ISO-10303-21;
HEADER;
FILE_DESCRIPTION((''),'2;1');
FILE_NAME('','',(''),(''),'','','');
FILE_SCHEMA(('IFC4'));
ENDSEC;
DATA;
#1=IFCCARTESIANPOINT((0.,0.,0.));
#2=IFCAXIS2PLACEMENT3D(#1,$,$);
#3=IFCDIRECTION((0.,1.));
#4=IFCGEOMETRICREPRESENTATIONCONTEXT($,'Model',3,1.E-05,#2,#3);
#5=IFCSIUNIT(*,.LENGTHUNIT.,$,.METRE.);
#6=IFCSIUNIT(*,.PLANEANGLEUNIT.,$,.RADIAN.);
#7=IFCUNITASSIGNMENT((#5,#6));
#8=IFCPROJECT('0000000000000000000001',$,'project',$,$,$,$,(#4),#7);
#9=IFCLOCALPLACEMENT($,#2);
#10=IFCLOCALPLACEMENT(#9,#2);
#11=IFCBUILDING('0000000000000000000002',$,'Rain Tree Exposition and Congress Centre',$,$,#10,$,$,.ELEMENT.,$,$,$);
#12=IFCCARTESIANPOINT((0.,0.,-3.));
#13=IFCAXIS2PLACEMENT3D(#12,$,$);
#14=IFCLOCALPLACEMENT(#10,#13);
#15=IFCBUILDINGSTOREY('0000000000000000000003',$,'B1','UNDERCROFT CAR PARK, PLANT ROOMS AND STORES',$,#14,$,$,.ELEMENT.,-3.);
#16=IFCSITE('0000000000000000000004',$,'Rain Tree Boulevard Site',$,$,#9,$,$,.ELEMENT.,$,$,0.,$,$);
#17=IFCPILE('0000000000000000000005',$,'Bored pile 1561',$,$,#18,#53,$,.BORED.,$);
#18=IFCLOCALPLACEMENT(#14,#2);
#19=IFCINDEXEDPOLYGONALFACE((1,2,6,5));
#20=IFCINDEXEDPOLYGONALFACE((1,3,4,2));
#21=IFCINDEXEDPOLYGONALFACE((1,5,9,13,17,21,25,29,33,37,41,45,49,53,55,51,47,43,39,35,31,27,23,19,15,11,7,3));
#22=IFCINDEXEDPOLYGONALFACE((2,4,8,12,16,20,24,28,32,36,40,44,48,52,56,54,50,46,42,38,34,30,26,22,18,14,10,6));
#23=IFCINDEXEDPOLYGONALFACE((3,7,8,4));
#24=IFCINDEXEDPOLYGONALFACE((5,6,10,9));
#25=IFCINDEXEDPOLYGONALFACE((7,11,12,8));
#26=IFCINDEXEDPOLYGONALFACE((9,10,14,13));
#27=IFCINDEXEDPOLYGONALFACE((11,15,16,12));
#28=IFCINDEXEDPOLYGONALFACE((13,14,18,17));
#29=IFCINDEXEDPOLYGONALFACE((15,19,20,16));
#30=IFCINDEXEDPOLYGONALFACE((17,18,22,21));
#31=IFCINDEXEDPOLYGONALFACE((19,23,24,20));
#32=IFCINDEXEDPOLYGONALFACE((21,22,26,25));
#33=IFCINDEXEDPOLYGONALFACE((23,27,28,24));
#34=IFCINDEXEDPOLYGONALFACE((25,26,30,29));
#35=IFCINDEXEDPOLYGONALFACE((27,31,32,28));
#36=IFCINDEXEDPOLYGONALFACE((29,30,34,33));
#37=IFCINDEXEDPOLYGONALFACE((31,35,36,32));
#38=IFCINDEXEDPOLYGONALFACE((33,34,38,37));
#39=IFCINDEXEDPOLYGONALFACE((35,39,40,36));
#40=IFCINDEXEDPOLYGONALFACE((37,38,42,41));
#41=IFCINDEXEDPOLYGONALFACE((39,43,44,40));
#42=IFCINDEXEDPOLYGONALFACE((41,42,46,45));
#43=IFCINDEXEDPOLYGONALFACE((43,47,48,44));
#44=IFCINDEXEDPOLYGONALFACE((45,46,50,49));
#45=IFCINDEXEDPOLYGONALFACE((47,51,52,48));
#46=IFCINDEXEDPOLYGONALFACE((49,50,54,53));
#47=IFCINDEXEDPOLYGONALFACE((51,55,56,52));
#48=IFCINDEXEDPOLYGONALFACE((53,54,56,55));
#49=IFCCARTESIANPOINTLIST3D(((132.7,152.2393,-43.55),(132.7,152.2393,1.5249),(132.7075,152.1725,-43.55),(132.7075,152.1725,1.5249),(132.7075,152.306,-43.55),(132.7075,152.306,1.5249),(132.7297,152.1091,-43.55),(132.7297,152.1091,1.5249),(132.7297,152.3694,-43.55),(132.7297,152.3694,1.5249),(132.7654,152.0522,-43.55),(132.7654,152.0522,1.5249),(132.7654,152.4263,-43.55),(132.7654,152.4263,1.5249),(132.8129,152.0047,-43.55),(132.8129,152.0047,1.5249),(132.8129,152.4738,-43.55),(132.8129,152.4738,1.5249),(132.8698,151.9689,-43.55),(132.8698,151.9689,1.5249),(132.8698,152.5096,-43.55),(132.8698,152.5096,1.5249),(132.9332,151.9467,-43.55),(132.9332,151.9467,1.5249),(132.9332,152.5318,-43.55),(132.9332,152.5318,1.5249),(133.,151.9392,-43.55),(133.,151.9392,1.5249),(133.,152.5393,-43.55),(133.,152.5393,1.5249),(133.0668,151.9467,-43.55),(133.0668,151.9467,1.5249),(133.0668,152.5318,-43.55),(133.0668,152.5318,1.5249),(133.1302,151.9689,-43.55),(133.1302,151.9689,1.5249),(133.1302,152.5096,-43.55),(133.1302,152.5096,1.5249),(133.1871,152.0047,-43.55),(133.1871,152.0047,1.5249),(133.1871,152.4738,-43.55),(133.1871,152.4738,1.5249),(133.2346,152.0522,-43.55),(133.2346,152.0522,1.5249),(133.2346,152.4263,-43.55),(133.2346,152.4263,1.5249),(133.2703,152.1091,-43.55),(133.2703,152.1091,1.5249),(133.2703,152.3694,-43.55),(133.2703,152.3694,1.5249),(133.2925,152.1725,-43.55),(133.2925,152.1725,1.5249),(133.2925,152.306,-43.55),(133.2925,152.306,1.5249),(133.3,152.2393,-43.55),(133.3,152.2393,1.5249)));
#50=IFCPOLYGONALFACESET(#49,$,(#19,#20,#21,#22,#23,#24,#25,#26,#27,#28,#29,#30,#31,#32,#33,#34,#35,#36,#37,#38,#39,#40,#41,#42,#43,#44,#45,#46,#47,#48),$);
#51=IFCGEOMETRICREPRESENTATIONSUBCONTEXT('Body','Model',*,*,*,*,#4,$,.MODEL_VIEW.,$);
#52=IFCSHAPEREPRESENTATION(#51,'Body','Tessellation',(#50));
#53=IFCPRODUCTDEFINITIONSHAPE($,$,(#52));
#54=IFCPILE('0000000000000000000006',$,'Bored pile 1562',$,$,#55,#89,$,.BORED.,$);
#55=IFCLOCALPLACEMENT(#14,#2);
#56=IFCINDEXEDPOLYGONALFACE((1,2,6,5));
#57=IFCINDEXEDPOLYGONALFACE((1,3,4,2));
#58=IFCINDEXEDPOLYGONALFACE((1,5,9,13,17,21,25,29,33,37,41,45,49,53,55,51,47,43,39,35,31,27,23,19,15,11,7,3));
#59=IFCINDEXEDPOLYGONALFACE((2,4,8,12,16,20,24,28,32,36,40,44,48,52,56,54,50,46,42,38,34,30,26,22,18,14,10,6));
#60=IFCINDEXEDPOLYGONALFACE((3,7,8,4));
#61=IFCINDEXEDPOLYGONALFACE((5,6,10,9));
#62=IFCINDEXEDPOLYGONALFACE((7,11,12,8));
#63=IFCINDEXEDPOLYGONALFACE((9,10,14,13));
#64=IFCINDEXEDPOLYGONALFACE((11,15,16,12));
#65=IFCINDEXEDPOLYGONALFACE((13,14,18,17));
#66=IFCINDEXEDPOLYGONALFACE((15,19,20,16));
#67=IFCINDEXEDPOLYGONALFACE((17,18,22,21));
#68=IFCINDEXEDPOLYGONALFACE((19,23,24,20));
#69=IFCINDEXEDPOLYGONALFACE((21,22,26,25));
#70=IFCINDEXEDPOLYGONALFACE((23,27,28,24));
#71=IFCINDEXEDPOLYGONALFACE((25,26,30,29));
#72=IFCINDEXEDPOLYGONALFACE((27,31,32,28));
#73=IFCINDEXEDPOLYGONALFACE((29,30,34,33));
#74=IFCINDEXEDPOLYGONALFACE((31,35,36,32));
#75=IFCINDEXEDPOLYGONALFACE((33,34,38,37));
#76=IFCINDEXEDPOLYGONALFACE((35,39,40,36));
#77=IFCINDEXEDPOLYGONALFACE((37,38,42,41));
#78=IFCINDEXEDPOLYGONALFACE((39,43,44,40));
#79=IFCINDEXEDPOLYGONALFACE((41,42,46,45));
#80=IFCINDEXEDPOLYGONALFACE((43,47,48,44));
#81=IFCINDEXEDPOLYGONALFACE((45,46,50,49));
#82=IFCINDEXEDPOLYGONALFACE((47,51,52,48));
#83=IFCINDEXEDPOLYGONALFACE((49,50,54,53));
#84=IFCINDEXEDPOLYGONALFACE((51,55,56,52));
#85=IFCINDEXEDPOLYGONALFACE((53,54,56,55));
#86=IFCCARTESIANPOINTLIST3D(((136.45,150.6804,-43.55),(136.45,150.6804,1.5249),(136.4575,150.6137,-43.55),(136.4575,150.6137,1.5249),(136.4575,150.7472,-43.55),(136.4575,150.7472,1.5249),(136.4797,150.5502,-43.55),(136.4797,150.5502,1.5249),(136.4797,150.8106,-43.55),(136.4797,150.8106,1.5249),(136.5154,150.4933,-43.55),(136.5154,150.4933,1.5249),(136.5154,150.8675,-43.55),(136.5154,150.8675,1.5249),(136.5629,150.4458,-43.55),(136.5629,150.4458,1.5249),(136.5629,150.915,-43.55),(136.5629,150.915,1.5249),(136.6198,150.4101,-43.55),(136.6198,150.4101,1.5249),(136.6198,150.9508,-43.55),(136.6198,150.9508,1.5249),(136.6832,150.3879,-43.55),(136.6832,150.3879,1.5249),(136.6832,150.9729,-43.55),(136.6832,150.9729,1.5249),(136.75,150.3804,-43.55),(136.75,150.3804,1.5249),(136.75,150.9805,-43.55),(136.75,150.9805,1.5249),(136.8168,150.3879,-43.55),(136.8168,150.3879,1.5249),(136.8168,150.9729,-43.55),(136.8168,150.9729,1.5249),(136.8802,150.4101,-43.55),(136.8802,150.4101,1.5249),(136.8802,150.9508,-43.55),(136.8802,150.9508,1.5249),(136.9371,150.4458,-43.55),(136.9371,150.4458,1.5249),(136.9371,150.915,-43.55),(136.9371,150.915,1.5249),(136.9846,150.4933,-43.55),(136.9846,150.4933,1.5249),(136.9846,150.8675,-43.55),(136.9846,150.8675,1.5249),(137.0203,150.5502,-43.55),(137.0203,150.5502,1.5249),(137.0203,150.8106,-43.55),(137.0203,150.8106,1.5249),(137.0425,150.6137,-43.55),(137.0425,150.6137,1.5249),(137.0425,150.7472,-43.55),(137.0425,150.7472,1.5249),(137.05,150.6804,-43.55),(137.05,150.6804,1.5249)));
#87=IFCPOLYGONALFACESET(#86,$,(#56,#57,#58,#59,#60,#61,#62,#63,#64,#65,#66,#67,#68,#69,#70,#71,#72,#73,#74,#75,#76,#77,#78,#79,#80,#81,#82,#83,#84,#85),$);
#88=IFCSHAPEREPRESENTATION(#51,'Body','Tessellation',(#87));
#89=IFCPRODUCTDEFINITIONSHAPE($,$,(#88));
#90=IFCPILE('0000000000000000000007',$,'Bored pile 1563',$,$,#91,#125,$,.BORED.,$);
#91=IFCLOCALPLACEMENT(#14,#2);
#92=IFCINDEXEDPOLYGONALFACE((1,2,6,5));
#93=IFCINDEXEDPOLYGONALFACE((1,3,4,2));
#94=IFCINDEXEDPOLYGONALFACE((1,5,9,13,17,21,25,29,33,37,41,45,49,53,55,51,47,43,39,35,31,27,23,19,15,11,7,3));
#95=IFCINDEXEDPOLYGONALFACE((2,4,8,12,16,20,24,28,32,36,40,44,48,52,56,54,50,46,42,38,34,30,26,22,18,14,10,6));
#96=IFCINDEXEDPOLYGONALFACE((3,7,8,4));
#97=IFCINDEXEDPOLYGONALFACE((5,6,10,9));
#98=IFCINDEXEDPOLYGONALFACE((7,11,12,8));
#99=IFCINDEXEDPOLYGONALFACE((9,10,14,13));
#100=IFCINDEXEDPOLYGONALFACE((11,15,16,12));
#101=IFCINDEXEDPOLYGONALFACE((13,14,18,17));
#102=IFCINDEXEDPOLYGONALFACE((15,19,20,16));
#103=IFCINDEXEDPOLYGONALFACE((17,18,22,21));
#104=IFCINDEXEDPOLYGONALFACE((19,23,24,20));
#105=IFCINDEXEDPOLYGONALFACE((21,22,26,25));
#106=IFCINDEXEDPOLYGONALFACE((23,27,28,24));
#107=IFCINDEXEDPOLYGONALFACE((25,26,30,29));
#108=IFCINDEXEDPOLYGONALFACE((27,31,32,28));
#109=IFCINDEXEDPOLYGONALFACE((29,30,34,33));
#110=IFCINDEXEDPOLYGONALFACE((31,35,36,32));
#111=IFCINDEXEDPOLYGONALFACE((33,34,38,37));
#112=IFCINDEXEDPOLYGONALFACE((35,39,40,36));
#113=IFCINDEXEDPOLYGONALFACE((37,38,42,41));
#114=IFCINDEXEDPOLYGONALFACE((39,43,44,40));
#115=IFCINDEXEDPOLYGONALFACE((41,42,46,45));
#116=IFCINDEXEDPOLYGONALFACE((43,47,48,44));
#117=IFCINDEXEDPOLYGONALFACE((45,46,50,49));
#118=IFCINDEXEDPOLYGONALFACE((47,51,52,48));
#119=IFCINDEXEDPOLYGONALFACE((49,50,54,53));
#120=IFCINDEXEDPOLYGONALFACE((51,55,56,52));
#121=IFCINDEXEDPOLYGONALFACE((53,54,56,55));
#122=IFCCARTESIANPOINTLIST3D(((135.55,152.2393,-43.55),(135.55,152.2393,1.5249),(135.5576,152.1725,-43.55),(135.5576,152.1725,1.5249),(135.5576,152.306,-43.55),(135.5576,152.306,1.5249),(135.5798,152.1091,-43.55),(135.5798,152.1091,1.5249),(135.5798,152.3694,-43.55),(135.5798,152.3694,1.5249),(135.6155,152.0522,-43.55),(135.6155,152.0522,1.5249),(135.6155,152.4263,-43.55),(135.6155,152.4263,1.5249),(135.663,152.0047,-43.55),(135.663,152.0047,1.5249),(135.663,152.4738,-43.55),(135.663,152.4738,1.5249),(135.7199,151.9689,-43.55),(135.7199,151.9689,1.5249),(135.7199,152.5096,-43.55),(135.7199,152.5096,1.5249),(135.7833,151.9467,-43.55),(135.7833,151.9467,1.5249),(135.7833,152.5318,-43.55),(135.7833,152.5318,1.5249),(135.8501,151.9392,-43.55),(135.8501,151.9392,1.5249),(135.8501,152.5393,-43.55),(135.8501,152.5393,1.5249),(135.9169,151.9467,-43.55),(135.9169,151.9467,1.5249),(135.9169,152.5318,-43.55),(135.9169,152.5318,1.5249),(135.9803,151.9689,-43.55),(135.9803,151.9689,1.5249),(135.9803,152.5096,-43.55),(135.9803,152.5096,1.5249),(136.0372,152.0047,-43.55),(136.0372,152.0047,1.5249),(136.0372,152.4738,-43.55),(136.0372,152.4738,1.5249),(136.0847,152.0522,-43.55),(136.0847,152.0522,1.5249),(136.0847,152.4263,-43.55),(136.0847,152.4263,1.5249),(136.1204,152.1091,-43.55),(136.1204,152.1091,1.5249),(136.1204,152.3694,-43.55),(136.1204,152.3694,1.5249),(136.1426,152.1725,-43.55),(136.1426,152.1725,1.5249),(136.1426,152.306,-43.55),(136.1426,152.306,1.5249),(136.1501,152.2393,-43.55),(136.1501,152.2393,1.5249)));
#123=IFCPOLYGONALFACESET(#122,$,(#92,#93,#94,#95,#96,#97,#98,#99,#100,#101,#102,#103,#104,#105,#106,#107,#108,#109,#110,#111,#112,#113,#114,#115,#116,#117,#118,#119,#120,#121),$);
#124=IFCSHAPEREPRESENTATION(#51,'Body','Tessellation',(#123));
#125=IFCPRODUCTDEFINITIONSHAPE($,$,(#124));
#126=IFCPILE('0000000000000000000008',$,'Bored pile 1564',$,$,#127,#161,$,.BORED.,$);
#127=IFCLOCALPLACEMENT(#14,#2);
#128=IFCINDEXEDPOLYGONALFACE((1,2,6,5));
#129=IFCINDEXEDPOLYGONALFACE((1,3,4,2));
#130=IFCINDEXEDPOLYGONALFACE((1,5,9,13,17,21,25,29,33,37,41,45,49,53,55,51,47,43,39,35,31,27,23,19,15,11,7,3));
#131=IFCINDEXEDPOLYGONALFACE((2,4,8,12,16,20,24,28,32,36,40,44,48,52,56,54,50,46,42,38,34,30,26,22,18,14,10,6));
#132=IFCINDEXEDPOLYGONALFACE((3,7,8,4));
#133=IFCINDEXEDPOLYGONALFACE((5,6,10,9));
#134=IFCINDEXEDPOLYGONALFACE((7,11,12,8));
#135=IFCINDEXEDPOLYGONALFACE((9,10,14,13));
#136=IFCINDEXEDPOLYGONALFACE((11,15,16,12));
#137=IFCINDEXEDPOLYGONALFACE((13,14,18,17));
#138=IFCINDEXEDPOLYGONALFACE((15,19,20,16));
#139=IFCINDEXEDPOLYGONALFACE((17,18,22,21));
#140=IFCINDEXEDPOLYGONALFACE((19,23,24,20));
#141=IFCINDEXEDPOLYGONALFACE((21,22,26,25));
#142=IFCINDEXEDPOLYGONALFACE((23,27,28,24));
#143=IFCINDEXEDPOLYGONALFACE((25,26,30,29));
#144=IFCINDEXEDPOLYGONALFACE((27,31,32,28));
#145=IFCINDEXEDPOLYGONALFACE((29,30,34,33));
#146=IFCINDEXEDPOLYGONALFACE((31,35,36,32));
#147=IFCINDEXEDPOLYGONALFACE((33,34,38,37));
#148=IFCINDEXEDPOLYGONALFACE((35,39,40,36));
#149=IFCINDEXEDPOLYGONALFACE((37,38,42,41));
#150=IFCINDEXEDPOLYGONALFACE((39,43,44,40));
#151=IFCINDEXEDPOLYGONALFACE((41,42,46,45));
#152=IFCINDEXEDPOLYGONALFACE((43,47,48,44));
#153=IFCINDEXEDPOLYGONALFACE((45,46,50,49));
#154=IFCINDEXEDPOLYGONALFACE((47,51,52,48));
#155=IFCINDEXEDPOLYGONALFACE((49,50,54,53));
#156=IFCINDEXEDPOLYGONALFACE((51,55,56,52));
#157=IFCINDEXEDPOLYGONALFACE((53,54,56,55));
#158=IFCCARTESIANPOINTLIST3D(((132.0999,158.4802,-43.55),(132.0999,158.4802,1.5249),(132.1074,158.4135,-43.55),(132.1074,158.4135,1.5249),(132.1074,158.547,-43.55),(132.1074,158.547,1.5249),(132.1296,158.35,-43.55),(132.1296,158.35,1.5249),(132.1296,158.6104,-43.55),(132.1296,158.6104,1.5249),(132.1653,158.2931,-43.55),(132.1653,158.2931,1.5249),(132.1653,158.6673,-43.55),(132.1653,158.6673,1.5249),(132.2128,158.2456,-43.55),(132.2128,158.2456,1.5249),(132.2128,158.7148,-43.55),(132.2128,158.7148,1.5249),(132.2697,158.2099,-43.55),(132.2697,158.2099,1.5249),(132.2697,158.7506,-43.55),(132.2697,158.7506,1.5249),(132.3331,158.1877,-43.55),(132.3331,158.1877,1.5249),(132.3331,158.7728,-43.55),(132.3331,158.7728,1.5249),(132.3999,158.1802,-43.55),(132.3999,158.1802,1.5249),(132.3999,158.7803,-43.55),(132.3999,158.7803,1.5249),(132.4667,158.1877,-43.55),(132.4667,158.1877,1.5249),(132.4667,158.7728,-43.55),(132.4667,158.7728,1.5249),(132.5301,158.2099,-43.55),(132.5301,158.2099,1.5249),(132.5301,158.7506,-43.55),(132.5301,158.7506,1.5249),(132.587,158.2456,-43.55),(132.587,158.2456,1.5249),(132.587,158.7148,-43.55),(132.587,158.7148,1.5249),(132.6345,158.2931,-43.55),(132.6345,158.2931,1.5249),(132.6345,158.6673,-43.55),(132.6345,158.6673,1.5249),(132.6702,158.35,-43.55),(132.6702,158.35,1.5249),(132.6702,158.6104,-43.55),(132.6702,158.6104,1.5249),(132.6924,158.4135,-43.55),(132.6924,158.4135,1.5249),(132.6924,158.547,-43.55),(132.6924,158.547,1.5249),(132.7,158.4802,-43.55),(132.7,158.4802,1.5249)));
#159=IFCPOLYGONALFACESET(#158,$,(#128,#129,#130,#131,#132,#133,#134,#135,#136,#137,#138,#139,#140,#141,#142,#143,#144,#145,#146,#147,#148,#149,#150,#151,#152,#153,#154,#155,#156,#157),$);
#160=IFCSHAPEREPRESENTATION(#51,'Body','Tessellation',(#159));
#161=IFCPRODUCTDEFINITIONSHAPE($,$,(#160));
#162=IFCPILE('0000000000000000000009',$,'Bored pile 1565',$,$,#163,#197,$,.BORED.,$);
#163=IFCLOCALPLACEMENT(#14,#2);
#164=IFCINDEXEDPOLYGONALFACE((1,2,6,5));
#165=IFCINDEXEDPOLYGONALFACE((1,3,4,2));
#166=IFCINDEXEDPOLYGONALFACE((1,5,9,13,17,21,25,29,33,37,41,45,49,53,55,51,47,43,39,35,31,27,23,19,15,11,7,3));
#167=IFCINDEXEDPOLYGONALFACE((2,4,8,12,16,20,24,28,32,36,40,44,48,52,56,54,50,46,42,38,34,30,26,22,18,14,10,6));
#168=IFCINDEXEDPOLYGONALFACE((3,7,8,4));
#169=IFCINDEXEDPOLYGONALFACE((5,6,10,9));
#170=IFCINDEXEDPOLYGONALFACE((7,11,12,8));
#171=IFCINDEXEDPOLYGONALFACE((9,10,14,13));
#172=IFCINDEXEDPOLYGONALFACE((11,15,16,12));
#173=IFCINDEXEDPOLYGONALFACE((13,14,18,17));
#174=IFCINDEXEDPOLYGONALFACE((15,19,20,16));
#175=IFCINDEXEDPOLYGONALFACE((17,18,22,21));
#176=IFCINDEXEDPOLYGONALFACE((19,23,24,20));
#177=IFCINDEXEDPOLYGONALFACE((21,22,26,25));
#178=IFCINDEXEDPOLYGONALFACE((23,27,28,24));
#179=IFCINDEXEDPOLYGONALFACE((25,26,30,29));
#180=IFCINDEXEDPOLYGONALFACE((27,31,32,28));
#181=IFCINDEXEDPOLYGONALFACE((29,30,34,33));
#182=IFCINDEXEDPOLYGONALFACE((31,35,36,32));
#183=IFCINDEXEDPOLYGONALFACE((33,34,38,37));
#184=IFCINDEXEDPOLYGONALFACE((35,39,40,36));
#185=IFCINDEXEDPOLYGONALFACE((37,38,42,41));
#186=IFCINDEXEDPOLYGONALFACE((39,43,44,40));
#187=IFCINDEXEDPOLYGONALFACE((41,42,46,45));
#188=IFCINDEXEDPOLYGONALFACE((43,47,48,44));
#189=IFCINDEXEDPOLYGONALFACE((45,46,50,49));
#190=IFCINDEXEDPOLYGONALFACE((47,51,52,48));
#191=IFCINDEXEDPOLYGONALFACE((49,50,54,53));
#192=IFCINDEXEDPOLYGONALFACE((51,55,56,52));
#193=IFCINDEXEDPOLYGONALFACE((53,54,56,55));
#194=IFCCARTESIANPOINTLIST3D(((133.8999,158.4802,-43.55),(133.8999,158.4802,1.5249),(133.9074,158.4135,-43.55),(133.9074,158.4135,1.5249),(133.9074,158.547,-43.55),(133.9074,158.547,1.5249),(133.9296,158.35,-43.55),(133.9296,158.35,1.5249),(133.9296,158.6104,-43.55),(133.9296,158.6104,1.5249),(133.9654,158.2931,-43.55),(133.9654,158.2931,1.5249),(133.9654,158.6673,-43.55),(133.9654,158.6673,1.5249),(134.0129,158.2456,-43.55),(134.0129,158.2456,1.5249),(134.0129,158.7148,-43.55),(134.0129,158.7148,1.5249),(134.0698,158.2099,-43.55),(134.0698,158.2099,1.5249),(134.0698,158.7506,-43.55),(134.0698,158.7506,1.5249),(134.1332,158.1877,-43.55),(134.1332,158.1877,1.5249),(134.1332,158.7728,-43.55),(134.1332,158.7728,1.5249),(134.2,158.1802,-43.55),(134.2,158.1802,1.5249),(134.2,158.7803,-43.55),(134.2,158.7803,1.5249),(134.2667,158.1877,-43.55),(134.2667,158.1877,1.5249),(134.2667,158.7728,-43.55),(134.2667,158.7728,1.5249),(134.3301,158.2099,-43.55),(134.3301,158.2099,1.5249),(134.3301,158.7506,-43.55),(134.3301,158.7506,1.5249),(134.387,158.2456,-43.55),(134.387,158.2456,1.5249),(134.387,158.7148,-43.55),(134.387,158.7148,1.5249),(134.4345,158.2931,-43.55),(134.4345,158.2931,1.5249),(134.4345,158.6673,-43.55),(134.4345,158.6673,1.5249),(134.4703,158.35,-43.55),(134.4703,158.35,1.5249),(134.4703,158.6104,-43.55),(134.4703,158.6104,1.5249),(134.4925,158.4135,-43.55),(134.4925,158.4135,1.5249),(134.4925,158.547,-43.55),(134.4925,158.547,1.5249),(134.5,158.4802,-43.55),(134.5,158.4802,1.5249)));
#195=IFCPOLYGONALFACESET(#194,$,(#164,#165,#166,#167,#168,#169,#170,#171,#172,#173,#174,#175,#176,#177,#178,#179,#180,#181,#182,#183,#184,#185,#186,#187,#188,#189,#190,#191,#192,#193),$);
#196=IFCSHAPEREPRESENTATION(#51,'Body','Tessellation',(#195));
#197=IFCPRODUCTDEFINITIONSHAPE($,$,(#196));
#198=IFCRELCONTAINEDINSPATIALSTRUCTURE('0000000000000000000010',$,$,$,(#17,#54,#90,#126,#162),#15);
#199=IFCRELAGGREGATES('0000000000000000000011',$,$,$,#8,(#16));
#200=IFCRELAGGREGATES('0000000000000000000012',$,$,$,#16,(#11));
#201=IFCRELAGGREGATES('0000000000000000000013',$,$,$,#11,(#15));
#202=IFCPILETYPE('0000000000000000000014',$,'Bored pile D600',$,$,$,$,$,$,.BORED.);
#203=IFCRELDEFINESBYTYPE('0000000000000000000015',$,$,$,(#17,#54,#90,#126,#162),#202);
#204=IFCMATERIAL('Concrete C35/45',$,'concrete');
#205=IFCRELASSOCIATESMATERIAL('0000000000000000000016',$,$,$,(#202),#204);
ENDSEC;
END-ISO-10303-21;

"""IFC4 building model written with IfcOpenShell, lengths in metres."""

from ifc_helpers import new_model, si_unit, direction, frame, origin, origin_2d, place, context, subcontext, project, spatial, circle, extrude, material, material_profile, profile_set, type_object, element, save


model = new_model("IFC4")

# Units and contexts
model_context = context("Model", 3, precision=1e-05, world=origin(), true_north=direction((0.0, 1.0)))
body_context = subcontext(model_context, "Body", "Model", "MODEL_VIEW")
ifc_project = project(units=[si_unit("LENGTHUNIT", "METRE"), si_unit("PLANEANGLEUNIT", "RADIAN")], contexts=[model_context])

# Site, building, storey
site_placement = place(None, origin())
site = spatial("IfcSite", under=ifc_project, at=site_placement, Name="Rain Tree Boulevard Site", CompositionType="ELEMENT", RefElevation=0.0)
building_placement = place(site_placement, origin())
building = spatial("IfcBuilding", under=site, at=building_placement, Name="Rain Tree Exposition and Congress Centre", CompositionType="ELEMENT")
storey_placement = place(building_placement, frame((0.0, 0.0, -3.0)))
storey = spatial("IfcBuildingStorey", under=building, at=storey_placement, Name="B1", Description="UNDERCROFT CAR PARK, PLANT ROOMS AND STORES", CompositionType="ELEMENT", Elevation=-3.0)

# Piles
ifc_material_1 = material(Name="Concrete C35/45", Category="concrete")
ifc_material_profile_1 = material_profile(ifc_material_1, circle(Radius=0.3, at=origin_2d()), Name="D600")
ifc_profile_set_1 = profile_set([ifc_material_profile_1], Name="Concrete C35/45")
pile_type_1 = type_object("IfcPileType", Name="Bored pile D600", PredefinedType="BORED", material=ifc_profile_set_1)
for number, where, z_axis, x_axis, name in (
    (1, (133.0, 152.2393, 1.5249), (0.0, 0.0, -1.0), (1.0, 0.0, 0.0), "Bored pile 1561"),
    (2, (136.75, 150.6804, 1.5249), (0.0, 0.0, -1.0), (1.0, 0.0, 0.0), "Bored pile 1562"),
    (3, (135.8501, 152.2393, 1.5249), (0.0, 0.0, -1.0), (1.0, 0.0, 0.0), "Bored pile 1563"),
    (4, (132.3999, 158.4802, 1.5249), (0.0, 0.0, -1.0), (1.0, 0.0, 0.0), "Bored pile 1564"),
    (5, (134.2, 158.4802, 1.5249), (0.0, 0.0, -1.0), (1.0, 0.0, 0.0), "Bored pile 1565"),
):
    element("IfcPile", number, at=place(storey_placement, frame(where, z_axis=z_axis, x_axis=x_axis)), inside=storey, type_object=pile_type_1, Name=name, PredefinedType="BORED", context=body_context, shape_type="SweptSolid", body=[
        extrude(circle(Radius=0.3, at=origin_2d()), origin(), (0.0, 0.0, 1.0), 45.075),
    ])

save(model, "model.ifc")
